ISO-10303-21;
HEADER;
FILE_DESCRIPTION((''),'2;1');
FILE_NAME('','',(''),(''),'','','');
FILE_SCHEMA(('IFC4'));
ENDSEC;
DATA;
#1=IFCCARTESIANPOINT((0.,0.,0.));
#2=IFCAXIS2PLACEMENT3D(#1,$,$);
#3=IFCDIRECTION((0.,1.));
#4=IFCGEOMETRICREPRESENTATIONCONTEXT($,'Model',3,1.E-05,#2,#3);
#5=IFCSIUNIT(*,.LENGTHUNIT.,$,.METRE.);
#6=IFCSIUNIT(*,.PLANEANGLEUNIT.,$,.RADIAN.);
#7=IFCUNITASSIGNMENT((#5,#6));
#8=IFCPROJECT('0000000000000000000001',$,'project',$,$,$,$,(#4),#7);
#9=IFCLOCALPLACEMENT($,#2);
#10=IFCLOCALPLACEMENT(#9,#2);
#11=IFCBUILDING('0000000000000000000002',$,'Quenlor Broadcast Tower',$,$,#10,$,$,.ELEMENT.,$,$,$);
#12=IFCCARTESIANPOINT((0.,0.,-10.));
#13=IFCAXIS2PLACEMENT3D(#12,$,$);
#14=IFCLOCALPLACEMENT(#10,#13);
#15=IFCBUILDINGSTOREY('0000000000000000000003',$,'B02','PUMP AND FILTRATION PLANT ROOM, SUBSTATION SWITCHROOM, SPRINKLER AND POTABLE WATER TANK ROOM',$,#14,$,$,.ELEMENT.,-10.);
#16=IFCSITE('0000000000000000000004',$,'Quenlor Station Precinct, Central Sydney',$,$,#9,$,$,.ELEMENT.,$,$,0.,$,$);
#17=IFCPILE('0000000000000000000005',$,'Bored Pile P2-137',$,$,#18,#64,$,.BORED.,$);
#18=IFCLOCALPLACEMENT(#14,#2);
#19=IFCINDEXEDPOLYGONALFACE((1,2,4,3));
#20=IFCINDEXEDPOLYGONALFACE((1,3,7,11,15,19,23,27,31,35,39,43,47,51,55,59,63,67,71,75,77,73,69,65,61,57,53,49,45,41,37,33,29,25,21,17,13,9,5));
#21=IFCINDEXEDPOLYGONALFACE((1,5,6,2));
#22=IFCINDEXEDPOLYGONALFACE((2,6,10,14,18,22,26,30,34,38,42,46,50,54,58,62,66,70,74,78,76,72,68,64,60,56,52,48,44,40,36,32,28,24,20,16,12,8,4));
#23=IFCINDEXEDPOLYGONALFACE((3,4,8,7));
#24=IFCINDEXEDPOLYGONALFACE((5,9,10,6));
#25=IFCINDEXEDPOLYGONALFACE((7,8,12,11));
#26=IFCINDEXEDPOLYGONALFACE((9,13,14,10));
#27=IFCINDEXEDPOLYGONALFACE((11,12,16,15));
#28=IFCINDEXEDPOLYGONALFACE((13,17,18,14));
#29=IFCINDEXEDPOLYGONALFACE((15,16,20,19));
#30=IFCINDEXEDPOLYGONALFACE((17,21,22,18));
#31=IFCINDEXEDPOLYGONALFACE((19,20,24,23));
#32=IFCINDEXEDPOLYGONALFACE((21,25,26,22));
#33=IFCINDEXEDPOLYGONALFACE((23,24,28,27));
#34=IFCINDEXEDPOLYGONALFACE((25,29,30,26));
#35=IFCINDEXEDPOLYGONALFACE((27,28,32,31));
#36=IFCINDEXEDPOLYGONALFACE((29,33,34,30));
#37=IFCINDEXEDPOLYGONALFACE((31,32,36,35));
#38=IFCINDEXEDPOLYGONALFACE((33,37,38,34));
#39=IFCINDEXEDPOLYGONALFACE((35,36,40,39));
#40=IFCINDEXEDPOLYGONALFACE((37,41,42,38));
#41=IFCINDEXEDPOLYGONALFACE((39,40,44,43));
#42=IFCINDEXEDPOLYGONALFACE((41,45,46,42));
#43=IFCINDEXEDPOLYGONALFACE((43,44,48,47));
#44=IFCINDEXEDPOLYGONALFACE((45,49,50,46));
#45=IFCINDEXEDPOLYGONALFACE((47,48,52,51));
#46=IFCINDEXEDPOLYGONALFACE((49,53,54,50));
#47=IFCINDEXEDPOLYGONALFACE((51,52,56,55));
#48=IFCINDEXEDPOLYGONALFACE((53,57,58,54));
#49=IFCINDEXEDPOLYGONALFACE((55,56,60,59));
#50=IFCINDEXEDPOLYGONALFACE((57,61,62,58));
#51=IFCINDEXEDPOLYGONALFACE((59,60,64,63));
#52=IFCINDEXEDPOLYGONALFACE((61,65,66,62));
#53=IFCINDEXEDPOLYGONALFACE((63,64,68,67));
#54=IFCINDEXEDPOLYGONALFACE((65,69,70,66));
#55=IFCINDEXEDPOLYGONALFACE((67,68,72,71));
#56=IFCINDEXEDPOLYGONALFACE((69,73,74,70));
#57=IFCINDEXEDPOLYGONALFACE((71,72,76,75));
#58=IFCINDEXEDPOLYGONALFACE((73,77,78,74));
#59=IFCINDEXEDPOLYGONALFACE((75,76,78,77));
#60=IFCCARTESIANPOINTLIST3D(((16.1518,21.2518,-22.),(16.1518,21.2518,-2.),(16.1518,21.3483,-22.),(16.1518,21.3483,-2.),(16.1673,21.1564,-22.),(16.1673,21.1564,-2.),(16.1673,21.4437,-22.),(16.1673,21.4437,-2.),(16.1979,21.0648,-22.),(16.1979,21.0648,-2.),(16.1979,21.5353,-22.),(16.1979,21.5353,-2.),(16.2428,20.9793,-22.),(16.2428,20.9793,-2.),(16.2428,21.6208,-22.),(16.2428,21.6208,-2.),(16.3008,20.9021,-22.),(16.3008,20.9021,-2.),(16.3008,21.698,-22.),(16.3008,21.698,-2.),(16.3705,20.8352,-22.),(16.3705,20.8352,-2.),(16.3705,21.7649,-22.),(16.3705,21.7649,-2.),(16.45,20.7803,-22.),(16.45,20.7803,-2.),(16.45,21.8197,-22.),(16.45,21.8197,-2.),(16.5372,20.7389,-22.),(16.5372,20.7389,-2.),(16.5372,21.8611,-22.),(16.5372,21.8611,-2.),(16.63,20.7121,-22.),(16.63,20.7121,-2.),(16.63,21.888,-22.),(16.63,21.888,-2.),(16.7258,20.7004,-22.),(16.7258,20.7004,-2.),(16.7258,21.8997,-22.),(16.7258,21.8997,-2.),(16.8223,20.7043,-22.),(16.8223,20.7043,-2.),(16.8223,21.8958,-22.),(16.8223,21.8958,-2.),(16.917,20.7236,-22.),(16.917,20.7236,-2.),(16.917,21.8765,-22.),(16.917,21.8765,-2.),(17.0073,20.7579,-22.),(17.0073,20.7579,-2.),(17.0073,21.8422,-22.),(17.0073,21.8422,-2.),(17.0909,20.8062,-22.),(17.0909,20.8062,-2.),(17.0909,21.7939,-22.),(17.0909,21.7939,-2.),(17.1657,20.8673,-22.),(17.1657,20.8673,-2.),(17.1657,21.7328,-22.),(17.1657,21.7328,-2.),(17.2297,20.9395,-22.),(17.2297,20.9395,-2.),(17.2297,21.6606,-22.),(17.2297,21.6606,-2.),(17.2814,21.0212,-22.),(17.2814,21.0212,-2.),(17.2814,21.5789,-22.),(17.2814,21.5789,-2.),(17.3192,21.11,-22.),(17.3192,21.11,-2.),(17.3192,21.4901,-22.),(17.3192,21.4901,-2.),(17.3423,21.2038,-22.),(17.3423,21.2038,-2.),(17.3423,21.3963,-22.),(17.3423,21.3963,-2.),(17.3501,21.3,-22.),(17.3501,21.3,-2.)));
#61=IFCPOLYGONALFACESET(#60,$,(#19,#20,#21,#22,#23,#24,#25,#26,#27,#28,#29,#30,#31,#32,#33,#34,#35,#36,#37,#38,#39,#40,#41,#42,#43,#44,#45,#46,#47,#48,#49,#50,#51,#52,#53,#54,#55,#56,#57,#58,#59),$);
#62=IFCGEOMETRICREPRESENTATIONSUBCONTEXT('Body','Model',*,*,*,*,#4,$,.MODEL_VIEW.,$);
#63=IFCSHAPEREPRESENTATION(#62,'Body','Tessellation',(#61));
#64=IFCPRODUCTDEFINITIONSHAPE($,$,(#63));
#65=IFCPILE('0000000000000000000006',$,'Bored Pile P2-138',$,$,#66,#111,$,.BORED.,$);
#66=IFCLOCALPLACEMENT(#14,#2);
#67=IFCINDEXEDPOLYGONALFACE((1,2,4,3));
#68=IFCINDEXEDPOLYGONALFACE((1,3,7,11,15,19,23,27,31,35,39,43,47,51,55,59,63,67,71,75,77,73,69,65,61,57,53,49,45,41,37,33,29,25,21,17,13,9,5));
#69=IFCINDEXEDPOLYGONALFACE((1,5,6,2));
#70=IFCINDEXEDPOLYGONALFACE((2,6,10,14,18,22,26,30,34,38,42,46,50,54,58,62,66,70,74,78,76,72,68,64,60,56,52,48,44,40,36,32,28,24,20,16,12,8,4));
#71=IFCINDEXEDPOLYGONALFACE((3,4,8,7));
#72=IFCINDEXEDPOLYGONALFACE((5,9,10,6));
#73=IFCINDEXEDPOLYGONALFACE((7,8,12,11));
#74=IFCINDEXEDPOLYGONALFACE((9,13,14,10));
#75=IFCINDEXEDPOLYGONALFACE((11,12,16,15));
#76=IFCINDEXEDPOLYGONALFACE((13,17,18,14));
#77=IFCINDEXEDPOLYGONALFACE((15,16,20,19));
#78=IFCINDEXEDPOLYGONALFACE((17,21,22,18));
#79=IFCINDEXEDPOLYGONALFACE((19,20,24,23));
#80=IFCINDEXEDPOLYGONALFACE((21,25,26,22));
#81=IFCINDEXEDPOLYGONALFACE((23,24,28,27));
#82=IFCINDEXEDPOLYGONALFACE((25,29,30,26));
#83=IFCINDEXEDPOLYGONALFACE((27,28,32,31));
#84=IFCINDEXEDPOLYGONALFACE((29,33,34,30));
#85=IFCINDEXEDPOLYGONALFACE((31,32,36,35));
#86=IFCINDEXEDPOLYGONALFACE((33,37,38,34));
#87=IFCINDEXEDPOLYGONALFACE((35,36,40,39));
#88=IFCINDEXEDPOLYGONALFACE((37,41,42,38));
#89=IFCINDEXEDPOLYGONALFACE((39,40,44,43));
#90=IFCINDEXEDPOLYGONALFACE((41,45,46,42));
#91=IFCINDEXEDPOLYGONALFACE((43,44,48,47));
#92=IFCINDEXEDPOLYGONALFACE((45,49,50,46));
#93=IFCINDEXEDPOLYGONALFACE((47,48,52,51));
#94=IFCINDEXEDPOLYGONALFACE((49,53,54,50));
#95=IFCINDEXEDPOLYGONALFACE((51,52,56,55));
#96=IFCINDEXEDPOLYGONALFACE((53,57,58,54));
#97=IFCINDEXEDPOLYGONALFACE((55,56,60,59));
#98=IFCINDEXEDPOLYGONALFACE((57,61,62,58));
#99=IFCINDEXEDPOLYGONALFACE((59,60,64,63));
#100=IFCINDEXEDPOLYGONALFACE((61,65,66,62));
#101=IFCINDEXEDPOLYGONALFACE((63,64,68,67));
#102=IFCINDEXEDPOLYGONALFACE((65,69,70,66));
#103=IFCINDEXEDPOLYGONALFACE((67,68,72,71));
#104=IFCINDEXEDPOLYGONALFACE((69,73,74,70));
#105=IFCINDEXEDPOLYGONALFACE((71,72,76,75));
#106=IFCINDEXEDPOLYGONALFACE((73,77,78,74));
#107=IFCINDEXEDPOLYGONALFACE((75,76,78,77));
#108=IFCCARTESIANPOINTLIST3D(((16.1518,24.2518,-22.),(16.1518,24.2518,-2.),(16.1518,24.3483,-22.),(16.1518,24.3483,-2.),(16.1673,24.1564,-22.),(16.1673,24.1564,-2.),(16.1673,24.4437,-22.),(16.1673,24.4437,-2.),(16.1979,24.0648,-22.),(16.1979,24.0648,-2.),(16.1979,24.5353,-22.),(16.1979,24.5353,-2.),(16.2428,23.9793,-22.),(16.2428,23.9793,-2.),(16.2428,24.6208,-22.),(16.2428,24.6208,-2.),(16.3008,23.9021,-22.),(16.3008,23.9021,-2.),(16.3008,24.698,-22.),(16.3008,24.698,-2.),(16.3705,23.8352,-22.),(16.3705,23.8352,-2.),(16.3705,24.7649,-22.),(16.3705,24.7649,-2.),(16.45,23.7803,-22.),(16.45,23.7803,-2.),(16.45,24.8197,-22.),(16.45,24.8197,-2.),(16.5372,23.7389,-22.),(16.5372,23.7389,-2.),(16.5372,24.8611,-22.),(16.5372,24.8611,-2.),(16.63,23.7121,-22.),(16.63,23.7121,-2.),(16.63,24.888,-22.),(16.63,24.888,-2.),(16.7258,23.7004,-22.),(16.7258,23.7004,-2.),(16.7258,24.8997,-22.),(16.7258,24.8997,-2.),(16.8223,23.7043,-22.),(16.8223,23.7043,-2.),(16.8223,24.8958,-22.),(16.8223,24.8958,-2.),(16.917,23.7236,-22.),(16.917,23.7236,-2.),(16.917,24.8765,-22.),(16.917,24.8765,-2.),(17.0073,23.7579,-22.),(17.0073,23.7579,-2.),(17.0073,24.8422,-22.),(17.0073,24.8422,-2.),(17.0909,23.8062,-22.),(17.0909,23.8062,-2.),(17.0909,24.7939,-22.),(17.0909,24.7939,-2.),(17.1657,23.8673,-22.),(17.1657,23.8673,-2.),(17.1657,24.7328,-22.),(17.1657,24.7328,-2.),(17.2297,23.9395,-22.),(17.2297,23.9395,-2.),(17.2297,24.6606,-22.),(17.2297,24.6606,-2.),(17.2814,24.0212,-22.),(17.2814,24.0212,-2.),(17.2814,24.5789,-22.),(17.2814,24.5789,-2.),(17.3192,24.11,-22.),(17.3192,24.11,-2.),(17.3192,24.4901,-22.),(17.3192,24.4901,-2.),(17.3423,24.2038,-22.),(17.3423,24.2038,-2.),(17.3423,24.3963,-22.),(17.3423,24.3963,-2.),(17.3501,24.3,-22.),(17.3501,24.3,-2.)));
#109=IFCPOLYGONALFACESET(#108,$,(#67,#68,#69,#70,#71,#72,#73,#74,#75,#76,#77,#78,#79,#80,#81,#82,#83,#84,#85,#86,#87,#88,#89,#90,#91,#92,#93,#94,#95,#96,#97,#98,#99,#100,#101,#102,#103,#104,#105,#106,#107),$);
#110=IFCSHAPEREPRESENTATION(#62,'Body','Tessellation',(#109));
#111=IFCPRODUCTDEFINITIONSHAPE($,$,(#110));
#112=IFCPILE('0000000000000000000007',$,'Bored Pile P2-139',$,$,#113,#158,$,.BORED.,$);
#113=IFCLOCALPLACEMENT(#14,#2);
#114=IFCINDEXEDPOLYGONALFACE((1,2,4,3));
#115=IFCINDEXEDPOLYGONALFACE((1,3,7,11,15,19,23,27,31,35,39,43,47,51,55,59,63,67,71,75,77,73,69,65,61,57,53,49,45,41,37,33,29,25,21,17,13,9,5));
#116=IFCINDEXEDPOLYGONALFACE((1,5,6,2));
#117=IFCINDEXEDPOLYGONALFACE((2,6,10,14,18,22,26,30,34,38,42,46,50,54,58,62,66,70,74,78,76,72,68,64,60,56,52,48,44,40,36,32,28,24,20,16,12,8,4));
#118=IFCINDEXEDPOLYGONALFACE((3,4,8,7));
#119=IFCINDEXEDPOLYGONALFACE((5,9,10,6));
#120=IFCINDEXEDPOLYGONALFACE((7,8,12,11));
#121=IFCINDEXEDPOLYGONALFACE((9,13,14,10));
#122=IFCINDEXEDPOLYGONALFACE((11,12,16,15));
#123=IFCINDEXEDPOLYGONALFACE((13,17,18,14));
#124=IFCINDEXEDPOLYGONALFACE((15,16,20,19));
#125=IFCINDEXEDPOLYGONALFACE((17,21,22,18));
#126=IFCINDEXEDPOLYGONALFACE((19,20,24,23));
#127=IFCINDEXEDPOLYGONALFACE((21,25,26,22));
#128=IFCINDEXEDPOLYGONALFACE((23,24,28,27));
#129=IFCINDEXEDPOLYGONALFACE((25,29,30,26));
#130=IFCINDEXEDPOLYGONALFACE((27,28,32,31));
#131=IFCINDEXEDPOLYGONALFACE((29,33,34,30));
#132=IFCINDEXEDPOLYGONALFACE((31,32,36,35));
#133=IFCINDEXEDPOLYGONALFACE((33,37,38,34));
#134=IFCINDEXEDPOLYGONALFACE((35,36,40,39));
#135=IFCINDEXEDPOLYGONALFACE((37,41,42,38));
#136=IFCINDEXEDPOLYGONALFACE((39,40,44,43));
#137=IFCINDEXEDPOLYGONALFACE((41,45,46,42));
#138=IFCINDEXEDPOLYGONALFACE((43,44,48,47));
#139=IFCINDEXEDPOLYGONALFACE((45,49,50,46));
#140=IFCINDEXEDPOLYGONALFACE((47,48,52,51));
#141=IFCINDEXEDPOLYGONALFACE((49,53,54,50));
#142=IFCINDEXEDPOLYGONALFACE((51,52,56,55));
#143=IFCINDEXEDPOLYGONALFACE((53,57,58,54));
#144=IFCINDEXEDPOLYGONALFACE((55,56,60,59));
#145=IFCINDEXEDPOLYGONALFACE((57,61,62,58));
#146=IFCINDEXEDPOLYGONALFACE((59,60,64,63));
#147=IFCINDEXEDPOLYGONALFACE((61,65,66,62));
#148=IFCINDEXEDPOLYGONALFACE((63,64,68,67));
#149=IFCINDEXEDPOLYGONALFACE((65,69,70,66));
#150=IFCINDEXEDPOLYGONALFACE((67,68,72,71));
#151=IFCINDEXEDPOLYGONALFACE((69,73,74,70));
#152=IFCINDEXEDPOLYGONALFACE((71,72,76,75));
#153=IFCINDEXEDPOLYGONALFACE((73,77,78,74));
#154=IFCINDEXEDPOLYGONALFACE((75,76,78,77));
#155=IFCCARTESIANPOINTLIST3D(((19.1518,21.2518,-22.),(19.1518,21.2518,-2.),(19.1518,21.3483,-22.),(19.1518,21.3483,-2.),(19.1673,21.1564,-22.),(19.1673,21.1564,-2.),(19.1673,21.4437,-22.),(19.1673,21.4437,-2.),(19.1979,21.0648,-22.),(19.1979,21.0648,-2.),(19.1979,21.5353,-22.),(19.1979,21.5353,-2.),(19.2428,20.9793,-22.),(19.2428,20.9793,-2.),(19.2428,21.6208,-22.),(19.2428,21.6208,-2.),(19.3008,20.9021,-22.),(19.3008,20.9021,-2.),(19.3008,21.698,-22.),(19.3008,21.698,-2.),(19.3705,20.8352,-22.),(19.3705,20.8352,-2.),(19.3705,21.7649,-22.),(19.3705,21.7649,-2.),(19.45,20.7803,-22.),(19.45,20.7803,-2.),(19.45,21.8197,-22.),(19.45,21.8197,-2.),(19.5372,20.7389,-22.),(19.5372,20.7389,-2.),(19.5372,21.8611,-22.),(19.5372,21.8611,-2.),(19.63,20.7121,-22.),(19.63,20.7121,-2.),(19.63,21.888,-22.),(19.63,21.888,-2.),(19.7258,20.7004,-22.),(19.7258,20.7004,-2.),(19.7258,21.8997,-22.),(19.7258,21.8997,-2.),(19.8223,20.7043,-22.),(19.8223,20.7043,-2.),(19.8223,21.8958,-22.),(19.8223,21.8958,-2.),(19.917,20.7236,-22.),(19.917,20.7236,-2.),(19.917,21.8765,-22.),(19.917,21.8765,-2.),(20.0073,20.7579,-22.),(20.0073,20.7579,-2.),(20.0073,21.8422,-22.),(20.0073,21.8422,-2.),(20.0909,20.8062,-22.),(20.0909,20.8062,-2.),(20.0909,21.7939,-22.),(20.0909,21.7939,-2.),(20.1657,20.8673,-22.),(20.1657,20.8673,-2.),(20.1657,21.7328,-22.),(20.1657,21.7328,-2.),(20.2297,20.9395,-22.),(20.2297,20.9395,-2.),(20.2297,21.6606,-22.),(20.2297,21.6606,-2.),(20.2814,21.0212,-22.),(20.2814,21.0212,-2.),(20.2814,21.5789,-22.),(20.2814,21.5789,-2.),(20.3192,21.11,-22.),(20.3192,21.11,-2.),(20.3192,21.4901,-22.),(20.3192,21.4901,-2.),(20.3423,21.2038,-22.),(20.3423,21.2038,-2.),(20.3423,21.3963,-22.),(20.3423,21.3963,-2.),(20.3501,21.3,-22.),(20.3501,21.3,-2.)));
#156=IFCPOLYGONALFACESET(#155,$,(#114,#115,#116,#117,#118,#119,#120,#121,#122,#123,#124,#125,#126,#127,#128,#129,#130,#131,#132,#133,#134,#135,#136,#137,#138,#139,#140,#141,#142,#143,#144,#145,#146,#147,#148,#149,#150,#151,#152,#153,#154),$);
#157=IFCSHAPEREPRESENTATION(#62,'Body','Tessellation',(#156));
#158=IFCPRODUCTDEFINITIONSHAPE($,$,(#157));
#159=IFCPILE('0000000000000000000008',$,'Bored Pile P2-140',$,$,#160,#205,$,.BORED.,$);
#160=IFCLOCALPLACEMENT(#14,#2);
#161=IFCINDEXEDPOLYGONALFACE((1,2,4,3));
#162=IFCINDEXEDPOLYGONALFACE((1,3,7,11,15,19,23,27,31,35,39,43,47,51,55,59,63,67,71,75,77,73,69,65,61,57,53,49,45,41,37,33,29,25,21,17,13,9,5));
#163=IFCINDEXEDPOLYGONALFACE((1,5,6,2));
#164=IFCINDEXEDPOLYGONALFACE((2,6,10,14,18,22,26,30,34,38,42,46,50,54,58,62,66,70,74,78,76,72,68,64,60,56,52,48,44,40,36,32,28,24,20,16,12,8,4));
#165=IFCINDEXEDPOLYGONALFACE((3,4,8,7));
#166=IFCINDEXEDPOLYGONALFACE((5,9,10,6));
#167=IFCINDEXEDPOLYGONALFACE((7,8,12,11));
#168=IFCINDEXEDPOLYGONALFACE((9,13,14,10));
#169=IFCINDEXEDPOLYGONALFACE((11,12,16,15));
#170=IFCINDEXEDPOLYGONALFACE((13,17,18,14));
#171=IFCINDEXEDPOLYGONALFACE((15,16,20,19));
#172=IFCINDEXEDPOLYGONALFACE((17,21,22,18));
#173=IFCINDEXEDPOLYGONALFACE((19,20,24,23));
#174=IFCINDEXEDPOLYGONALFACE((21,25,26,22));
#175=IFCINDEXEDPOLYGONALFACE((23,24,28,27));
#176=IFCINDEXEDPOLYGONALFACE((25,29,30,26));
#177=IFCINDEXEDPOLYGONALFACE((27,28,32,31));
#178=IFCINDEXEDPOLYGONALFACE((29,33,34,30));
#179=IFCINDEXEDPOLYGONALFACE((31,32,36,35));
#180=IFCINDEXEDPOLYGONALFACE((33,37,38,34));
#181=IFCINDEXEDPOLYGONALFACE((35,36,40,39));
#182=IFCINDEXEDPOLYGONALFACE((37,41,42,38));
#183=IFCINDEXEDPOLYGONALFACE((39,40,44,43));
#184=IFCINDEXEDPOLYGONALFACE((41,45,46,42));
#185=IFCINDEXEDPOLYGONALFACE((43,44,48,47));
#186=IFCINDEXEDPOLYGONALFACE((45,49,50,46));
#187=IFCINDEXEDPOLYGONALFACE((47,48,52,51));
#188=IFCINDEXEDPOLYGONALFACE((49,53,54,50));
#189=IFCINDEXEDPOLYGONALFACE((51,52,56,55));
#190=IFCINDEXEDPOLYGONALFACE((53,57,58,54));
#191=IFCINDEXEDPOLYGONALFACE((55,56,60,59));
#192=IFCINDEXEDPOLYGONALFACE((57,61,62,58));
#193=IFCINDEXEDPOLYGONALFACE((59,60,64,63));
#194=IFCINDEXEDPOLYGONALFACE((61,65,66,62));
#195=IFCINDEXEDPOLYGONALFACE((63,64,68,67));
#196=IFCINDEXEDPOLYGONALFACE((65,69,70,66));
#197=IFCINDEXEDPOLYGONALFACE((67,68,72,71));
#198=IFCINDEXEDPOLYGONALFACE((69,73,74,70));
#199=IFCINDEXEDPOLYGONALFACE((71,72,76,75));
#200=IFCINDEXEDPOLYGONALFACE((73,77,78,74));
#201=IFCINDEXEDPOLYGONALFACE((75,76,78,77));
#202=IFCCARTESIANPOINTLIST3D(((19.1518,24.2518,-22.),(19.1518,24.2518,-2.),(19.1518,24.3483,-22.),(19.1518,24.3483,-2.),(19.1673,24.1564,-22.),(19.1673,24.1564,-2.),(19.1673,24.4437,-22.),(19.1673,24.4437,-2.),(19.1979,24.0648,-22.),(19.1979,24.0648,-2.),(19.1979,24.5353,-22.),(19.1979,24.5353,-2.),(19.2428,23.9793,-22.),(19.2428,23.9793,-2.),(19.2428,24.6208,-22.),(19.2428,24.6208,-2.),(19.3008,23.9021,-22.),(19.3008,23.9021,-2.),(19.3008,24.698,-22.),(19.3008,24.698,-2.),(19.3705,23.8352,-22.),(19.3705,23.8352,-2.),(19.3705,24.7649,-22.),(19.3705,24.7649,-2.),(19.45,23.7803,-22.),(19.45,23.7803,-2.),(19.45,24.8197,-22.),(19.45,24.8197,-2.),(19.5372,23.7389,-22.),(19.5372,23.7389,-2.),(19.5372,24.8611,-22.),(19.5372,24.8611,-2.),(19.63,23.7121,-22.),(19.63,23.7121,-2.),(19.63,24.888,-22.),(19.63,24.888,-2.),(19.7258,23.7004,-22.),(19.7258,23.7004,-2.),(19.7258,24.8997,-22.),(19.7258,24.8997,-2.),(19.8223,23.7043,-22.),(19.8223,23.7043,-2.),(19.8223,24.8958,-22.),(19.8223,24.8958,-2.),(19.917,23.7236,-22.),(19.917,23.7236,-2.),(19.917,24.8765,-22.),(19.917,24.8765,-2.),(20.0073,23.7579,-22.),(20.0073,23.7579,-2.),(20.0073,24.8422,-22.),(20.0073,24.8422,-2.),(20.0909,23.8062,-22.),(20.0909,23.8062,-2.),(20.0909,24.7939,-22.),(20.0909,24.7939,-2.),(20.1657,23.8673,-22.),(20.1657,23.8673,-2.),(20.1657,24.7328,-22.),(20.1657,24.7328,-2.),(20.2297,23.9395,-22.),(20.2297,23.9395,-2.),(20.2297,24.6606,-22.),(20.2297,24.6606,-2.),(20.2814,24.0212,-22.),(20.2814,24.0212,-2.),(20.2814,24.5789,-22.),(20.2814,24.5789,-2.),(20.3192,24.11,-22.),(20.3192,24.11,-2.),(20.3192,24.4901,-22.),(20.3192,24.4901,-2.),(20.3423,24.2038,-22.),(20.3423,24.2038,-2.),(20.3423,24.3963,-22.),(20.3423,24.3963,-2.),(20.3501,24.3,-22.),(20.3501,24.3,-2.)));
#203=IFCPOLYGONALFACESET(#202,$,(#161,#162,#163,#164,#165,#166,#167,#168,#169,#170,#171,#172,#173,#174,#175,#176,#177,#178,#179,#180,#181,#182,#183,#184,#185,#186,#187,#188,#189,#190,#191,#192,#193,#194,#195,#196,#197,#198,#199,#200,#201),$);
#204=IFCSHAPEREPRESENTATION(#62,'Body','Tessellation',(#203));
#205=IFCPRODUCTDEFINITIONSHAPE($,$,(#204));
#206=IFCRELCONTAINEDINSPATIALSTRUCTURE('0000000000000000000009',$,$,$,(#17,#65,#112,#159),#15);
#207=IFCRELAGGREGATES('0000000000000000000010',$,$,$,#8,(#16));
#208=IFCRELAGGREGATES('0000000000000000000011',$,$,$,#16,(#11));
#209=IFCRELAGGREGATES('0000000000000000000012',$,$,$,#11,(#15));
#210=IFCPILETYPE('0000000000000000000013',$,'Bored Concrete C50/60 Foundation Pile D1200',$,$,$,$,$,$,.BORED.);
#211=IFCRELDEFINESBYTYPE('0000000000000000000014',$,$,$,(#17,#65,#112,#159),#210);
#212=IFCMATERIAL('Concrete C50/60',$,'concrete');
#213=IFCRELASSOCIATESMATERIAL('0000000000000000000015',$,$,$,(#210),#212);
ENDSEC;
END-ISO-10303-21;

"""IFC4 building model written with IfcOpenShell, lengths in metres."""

from ifc_helpers import new_model, si_unit, direction, frame, origin, origin_2d, place, context, subcontext, project, spatial, circle, extrude, material, material_profile, profile_set, type_object, element, save


model = new_model("IFC4")

# Units and contexts
model_context = context("Model", 3, precision=1e-05, world=origin(), true_north=direction((0.0, 1.0)))
body_context = subcontext(model_context, "Body", "Model", "MODEL_VIEW")
ifc_project = project(units=[si_unit("LENGTHUNIT", "METRE"), si_unit("PLANEANGLEUNIT", "RADIAN")], contexts=[model_context])

# Site, building, storey
site_placement = place(None, origin())
site = spatial("IfcSite", under=ifc_project, at=site_placement, Name="Quenlor Station Precinct, Central Sydney", CompositionType="ELEMENT", RefElevation=0.0)
building_placement = place(site_placement, origin())
building = spatial("IfcBuilding", under=site, at=building_placement, Name="Quenlor Broadcast Tower", CompositionType="ELEMENT")
storey_placement = place(building_placement, frame((0.0, 0.0, -10.0)))
storey = spatial("IfcBuildingStorey", under=building, at=storey_placement, Name="B02", Description="PUMP AND FILTRATION PLANT ROOM, SUBSTATION SWITCHROOM, SPRINKLER AND POTABLE WATER TANK ROOM", CompositionType="ELEMENT", Elevation=-10.0)

# Piles
ifc_material_1 = material(Name="Concrete C50/60", Category="concrete")
ifc_material_profile_1 = material_profile(ifc_material_1, circle(Radius=0.6001, at=origin_2d()))
ifc_profile_set_1 = profile_set([ifc_material_profile_1], Name="Concrete C50/60 PILE1200")
pile_type = type_object("IfcPileType", Name="Bored Concrete C50/60 Foundation Pile D1200", PredefinedType="BORED", material=ifc_profile_set_1)
for number, where, z_axis, x_axis, name in (
    (1, (16.75, 21.3, -2.0), (0.0, 0.0, -1.0), (1.0, 0.0, 0.0), "Bored Pile P2-137"),
    (2, (16.75, 24.3, -2.0), (0.0, 0.0, -1.0), (1.0, 0.0, 0.0), "Bored Pile P2-138"),
    (3, (19.75, 21.3, -2.0), (0.0, 0.0, -1.0), (1.0, 0.0, 0.0), "Bored Pile P2-139"),
    (4, (19.75, 24.3, -2.0), (0.0, 0.0, -1.0), (1.0, 0.0, 0.0), "Bored Pile P2-140"),
):
    element("IfcPile", number, at=place(storey_placement, frame(where, z_axis=z_axis, x_axis=x_axis)), inside=storey, type_object=pile_type, Name=name, PredefinedType="BORED", context=body_context, shape_type="SweptSolid", body=[
        extrude(circle(Radius=0.6001, at=origin_2d()), origin(), (0.0, 0.0, 1.0), 20.0),
    ])

save(model, "model.ifc")
